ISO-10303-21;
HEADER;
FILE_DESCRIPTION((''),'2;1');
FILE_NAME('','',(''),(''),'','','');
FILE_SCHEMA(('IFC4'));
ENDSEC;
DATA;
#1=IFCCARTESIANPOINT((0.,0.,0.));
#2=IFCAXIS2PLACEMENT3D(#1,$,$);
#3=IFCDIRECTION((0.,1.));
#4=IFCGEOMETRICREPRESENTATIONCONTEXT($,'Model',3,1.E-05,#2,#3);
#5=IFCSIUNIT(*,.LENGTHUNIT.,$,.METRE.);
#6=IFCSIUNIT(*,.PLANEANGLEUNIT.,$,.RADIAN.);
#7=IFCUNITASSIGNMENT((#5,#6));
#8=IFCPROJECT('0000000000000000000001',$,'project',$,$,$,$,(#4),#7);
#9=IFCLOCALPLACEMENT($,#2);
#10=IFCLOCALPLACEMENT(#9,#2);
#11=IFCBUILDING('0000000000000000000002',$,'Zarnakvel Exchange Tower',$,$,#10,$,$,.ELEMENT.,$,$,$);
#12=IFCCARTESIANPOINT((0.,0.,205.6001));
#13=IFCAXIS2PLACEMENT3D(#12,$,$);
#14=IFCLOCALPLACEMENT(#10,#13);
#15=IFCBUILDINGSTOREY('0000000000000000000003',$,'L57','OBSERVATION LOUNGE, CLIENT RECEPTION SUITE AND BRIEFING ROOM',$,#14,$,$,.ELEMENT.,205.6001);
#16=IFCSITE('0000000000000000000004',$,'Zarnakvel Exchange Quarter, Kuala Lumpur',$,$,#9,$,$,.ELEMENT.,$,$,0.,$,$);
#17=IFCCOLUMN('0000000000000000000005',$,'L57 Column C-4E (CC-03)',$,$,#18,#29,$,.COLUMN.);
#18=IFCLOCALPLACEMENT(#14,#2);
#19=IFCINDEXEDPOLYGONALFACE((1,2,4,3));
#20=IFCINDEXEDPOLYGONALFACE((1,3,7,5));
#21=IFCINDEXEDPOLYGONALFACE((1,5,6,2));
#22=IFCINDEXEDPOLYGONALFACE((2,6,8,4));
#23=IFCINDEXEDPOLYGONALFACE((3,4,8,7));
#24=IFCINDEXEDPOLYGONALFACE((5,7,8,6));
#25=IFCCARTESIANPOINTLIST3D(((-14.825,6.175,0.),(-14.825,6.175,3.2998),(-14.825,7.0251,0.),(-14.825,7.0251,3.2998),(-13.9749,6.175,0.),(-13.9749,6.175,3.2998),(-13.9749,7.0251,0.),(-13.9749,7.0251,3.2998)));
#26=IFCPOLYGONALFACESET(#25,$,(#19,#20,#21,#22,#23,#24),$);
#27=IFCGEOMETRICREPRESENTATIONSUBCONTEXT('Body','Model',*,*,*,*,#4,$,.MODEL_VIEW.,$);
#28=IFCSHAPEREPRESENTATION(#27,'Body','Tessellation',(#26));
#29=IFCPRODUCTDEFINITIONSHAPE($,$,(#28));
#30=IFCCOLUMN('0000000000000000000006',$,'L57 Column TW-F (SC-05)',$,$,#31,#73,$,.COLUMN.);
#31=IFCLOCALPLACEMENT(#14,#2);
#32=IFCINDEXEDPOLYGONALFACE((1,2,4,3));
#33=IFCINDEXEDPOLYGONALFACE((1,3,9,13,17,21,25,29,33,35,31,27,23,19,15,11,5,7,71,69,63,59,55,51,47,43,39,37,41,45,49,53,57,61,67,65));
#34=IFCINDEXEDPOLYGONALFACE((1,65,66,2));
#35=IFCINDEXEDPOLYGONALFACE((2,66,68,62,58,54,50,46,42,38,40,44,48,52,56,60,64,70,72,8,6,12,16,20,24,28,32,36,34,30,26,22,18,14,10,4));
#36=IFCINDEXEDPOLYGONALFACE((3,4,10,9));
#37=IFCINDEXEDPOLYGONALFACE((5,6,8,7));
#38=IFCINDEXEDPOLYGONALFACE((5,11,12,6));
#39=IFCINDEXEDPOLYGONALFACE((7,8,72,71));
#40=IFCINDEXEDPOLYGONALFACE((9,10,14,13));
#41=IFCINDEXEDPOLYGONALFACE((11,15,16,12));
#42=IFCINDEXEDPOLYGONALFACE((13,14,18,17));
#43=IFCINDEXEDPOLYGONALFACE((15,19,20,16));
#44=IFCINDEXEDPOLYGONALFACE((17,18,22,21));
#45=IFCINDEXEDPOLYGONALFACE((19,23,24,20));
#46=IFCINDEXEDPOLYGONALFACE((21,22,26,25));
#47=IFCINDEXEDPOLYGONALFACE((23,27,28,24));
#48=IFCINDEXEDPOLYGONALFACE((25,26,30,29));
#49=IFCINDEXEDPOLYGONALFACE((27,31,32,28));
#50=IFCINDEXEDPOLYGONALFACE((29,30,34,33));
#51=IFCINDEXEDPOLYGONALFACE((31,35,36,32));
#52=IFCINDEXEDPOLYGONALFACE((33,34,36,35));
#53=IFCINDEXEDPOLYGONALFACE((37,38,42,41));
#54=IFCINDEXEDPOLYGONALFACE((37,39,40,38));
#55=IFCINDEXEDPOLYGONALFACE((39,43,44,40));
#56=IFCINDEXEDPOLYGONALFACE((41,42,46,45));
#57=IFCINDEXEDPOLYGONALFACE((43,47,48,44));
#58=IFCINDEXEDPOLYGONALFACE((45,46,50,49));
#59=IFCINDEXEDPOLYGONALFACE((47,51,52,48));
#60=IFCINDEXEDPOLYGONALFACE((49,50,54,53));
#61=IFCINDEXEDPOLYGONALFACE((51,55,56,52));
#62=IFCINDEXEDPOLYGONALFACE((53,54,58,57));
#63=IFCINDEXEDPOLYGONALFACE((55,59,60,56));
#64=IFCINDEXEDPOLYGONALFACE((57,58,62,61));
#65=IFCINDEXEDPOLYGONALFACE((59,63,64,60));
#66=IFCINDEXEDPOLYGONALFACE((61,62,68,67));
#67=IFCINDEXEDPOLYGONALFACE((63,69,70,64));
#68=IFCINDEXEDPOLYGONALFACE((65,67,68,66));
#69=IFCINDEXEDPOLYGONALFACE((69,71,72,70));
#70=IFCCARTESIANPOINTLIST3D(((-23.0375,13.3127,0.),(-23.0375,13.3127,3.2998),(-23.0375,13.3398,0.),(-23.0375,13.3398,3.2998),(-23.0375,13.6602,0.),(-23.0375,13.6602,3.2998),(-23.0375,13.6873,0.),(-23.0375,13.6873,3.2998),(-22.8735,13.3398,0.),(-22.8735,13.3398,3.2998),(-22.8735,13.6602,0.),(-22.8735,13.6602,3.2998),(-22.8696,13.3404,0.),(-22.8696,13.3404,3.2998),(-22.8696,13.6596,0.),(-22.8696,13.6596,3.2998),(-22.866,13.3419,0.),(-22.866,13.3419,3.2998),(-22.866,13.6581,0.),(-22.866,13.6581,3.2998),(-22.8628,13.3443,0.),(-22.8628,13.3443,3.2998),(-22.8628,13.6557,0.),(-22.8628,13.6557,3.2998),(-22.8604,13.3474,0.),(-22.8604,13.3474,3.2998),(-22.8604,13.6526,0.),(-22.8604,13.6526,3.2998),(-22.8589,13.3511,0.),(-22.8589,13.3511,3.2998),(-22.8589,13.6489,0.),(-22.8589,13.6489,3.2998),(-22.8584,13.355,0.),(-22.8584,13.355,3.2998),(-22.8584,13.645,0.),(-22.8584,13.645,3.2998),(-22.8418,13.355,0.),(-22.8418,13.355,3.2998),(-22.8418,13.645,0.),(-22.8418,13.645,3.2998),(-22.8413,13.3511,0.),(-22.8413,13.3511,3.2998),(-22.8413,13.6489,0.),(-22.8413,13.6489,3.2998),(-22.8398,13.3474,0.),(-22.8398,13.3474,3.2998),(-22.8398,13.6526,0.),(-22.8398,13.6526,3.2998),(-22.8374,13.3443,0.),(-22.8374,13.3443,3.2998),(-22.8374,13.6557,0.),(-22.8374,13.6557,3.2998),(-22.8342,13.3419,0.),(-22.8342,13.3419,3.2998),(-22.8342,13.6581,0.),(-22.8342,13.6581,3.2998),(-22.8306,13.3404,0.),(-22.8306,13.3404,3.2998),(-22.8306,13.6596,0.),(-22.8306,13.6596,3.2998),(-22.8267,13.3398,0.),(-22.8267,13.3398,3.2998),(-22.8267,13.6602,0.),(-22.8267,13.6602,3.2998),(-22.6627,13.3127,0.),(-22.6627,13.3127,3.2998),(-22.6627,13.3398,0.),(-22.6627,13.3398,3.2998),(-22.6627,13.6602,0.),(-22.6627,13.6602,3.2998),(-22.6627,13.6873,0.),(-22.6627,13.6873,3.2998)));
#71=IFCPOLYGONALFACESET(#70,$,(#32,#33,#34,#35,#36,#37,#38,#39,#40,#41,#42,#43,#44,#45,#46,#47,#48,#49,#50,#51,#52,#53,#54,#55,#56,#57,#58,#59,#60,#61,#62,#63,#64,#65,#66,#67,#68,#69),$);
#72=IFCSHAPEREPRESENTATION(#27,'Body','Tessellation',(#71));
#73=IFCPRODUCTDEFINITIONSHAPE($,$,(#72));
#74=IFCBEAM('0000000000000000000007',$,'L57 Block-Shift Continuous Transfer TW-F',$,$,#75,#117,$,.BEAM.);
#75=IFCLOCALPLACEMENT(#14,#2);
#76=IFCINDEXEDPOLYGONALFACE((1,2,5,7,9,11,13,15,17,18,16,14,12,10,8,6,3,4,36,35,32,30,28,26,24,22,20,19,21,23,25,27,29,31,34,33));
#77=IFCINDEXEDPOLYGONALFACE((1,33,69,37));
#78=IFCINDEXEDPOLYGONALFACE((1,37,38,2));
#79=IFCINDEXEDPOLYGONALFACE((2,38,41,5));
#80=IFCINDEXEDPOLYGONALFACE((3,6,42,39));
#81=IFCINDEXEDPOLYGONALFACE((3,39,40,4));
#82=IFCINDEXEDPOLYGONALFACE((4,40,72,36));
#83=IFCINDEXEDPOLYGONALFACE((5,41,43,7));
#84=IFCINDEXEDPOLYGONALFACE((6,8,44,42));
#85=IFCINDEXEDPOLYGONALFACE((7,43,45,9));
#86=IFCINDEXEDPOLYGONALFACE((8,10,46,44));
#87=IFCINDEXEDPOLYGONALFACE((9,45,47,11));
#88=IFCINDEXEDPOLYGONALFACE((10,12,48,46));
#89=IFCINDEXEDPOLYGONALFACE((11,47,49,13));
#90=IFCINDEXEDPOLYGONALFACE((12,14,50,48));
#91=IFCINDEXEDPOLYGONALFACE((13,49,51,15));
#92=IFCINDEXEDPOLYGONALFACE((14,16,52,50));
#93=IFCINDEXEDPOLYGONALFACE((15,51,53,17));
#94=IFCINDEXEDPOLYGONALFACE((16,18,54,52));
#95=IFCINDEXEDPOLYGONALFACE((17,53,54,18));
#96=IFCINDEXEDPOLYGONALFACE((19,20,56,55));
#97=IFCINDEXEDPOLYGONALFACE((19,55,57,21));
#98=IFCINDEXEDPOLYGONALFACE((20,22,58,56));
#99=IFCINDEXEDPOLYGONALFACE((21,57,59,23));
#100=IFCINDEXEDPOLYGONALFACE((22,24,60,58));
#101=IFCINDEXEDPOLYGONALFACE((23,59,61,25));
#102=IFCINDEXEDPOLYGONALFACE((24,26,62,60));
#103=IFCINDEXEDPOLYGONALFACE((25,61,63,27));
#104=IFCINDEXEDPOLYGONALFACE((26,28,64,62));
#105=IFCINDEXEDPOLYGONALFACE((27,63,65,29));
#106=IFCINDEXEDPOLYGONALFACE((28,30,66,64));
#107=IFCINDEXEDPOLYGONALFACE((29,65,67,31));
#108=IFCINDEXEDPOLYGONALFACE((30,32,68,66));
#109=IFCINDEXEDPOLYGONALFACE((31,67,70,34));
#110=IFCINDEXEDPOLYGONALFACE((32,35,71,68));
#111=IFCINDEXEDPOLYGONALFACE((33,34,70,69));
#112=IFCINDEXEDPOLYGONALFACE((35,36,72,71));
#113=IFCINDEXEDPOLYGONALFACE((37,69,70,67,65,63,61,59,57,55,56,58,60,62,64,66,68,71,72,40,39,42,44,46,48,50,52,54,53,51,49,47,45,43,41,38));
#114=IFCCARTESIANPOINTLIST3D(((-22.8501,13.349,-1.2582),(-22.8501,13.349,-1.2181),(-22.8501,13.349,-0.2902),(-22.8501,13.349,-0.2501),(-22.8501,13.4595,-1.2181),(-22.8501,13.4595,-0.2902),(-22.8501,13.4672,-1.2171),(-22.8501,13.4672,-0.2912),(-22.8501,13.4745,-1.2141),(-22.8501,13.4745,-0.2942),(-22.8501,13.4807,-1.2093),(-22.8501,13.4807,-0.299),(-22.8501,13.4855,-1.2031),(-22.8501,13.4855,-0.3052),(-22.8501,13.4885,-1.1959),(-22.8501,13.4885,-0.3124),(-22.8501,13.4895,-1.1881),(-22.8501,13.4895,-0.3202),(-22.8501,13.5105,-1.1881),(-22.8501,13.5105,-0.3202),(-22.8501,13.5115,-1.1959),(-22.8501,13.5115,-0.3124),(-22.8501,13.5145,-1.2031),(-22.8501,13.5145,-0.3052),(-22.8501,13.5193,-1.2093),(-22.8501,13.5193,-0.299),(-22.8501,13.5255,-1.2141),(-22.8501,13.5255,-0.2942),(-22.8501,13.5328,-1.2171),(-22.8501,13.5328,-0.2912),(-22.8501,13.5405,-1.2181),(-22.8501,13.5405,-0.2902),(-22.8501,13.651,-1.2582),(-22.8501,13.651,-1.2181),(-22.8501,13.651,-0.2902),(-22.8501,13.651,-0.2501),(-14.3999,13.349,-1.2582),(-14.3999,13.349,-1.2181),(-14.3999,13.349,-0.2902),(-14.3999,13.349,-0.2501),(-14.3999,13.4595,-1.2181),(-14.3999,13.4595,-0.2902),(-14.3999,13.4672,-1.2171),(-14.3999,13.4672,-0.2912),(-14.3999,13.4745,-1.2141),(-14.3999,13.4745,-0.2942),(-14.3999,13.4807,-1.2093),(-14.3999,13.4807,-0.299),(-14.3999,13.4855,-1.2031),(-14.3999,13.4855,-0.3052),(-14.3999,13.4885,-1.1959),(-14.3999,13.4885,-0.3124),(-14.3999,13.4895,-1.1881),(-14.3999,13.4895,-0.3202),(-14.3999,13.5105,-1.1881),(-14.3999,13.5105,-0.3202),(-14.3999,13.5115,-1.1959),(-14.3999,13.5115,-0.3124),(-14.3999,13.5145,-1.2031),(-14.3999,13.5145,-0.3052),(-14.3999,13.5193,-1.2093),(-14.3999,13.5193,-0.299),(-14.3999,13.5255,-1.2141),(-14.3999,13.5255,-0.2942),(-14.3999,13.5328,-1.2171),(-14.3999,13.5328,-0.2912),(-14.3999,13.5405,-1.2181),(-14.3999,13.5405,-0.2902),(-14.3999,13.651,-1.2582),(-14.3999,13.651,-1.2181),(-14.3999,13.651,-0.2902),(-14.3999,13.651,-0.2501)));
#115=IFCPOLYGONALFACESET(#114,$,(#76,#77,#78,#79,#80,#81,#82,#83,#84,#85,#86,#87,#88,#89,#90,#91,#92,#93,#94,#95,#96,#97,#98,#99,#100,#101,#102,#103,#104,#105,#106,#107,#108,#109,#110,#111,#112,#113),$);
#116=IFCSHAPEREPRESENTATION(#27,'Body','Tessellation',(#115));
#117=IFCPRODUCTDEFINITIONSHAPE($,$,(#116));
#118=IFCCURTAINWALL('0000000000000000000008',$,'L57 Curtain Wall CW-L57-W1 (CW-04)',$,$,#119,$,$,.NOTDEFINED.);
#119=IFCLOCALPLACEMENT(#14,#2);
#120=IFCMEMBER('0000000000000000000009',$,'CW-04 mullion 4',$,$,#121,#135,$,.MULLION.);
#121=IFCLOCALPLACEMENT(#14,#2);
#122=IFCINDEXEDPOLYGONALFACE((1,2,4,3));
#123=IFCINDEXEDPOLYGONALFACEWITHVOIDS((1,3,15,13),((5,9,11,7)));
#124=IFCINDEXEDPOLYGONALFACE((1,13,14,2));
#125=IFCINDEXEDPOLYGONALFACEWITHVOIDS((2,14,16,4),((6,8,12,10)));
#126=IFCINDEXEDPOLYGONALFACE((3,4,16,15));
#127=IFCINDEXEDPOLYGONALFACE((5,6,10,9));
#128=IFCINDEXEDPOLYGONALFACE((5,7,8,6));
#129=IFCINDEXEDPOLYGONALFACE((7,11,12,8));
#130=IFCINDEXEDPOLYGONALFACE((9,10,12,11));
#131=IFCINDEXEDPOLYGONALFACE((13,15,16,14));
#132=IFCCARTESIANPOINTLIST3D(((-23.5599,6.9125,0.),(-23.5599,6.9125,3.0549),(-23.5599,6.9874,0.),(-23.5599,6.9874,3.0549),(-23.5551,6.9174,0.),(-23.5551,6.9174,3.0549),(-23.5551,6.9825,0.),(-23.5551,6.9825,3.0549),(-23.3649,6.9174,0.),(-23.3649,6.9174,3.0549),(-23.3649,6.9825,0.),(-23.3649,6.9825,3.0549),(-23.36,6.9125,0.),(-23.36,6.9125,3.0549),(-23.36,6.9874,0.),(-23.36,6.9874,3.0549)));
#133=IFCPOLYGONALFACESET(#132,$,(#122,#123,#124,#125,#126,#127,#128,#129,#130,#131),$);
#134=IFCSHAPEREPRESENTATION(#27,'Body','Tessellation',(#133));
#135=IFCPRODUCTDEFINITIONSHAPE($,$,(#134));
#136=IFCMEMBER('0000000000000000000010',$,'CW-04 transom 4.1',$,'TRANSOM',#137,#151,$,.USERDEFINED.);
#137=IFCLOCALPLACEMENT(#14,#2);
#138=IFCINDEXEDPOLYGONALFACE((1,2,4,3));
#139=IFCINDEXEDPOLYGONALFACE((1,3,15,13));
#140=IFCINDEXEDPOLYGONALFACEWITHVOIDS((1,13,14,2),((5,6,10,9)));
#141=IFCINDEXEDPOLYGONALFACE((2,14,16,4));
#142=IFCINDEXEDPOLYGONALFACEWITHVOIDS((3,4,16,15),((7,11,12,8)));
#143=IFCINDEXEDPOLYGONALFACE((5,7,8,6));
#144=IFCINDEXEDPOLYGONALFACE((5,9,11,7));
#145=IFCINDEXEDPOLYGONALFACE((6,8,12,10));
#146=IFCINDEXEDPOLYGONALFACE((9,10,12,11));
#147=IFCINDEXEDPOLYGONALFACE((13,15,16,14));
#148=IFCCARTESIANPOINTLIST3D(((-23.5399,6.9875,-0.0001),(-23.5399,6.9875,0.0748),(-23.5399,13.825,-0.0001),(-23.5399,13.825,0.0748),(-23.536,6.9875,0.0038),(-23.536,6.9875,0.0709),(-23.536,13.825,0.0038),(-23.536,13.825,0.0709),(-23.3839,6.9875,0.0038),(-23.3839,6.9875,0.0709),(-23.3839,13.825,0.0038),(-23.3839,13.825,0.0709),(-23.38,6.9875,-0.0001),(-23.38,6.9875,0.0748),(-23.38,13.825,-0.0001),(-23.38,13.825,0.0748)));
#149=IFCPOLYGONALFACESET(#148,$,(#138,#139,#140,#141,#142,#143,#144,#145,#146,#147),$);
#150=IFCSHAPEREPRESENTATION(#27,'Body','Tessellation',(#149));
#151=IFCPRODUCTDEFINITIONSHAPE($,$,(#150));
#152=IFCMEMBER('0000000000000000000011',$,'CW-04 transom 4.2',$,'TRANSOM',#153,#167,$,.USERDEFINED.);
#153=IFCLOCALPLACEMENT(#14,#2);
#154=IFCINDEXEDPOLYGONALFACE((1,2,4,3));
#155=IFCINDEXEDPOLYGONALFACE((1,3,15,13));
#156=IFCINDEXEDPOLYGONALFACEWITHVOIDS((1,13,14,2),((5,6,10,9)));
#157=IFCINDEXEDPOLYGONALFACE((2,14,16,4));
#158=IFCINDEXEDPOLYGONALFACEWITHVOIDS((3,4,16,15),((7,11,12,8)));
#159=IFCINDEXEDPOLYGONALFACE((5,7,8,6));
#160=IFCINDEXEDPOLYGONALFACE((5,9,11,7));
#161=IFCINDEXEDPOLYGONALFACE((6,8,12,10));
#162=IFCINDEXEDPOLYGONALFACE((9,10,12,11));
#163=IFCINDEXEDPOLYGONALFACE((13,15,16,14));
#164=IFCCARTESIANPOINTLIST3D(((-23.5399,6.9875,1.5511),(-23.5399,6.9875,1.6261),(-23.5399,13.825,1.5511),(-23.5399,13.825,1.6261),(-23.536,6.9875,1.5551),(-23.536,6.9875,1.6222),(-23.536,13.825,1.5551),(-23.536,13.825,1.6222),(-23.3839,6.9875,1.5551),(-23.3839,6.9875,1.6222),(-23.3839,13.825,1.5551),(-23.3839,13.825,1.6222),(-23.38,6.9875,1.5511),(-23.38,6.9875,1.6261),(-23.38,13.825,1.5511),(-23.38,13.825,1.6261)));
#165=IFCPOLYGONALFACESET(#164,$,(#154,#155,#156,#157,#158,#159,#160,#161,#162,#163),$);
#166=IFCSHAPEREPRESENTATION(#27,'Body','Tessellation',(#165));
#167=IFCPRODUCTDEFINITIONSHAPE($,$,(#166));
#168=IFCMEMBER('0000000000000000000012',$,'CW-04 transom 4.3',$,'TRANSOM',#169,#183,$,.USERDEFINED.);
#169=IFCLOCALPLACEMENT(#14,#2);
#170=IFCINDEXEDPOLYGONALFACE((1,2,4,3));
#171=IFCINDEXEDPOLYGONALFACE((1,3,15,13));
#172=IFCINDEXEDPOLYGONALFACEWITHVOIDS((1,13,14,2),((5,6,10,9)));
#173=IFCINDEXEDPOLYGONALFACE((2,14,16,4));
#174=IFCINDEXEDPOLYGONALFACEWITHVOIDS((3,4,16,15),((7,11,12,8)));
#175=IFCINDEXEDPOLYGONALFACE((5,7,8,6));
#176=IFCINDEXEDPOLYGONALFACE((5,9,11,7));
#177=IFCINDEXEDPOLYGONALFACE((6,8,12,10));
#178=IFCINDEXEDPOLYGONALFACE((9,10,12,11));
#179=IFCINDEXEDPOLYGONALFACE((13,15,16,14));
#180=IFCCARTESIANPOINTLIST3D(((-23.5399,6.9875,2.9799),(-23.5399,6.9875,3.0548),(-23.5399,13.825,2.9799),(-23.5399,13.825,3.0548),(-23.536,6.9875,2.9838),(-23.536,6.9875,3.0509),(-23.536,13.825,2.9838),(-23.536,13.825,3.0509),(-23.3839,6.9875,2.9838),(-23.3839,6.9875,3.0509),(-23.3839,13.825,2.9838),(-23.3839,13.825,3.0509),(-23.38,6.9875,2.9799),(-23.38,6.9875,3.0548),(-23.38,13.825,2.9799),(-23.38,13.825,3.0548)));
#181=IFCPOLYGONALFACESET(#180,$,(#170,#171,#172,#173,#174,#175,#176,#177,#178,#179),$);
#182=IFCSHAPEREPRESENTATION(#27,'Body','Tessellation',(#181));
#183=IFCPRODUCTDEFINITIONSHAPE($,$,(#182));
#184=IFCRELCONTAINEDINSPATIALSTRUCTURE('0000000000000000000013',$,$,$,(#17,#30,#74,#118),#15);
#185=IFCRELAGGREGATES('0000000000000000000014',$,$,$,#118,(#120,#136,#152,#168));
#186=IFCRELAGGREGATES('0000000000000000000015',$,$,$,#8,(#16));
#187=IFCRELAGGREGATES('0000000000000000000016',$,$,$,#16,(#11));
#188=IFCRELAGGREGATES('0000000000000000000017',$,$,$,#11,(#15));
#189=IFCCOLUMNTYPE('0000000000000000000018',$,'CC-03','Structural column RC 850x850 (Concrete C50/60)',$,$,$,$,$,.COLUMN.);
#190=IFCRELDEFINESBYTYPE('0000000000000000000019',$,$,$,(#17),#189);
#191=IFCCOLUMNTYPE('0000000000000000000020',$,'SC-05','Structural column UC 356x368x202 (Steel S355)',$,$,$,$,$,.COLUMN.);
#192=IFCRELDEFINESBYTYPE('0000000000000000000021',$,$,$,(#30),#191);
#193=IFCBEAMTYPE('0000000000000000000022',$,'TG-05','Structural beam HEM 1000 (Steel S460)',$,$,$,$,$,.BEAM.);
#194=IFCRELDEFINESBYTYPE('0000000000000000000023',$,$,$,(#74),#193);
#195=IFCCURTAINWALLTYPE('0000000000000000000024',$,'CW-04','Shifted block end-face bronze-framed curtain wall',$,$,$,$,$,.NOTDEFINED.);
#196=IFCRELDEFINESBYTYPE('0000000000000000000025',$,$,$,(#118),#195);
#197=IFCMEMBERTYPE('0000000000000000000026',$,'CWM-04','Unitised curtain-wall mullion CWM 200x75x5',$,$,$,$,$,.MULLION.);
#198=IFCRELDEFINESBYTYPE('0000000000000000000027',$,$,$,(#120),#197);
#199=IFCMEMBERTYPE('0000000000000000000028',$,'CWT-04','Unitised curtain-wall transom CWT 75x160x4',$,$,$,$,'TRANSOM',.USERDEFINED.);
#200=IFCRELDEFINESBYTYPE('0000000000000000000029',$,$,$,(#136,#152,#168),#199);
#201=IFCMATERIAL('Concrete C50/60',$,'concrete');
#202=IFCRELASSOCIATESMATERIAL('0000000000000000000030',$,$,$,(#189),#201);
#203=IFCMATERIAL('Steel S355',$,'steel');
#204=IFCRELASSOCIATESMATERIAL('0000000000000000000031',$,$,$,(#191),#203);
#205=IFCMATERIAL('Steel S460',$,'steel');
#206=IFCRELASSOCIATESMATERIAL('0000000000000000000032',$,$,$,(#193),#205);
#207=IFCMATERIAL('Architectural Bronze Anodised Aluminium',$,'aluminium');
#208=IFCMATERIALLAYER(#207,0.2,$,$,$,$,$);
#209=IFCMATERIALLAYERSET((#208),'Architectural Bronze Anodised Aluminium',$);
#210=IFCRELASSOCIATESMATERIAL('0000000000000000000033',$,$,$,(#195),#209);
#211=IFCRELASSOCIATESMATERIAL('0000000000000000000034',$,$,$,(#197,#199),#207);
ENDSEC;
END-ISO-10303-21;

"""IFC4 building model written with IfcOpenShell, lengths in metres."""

from ifc_helpers import new_model, si_unit, direction, frame, origin, origin_2d, place, context, subcontext, project, spatial, rectangle, hollow_rectangle, i_section, extrude, source, transform, mapped, material, layer, layer_set, material_profile, profile_set, type_object, element, aggregate, save


model = new_model("IFC4")

# Units and contexts
model_context = context("Model", 3, precision=1e-05, world=origin(), true_north=direction((0.0, 1.0)))
body_context = subcontext(model_context, "Body", "Model", "MODEL_VIEW")
ifc_project = project(units=[si_unit("LENGTHUNIT", "METRE"), si_unit("PLANEANGLEUNIT", "RADIAN")], contexts=[model_context])

# Site, building, storey
site_placement = place(None, origin())
site = spatial("IfcSite", under=ifc_project, at=site_placement, Name="Zarnakvel Exchange Quarter, Kuala Lumpur", CompositionType="ELEMENT", RefElevation=0.0)
building_placement = place(site_placement, origin())
building = spatial("IfcBuilding", under=site, at=building_placement, Name="Zarnakvel Exchange Tower", CompositionType="ELEMENT")
storey_placement = place(building_placement, frame((0.0, 0.0, 205.6001)))
storey = spatial("IfcBuildingStorey", under=building, at=storey_placement, Name="L57", Description="OBSERVATION LOUNGE, CLIENT RECEPTION SUITE AND BRIEFING ROOM", CompositionType="ELEMENT", Elevation=205.6001)

# Columns
ifc_material_1 = material(Name="Concrete C50/60", Category="concrete")
ifc_material_profile_1 = material_profile(ifc_material_1, rectangle(XDim=0.8501, YDim=0.8501, at=origin_2d()))
ifc_profile_set_1 = profile_set([ifc_material_profile_1], Name="Concrete C50/60")
column_type_1 = type_object("IfcColumnType", Name="CC-03", Description="Structural column RC 850x850 (Concrete C50/60)", PredefinedType="COLUMN", material=ifc_profile_set_1)
column_1_placement = place(storey_placement, frame((-14.3999, 6.6001, 0.0), z_axis=(0.0, 0.0, 1.0), x_axis=(1.0, 0.0, 0.0)))
element("IfcColumn", 1, at=column_1_placement, inside=storey, type_object=column_type_1, Name="L57 Column C-4E (CC-03)", PredefinedType="COLUMN", context=body_context, shape_type="SweptSolid", body=[
    extrude(rectangle(XDim=0.8501, YDim=0.8501, at=origin_2d()), origin(), (0.0, 0.0, 1.0), 3.2998),
])
ifc_material_2 = material(Name="Steel S355", Category="steel")
ifc_material_profile_2 = material_profile(ifc_material_2, i_section(OverallWidth=0.3748, OverallDepth=0.3745, WebThickness=0.0166, FlangeThickness=0.0271, FilletRadius=0.0151, at=origin_2d()))
ifc_profile_set_2 = profile_set([ifc_material_profile_2], Name="Steel S355")
column_type_2 = type_object("IfcColumnType", Name="SC-05", Description="Structural column UC 356x368x202 (Steel S355)", PredefinedType="COLUMN", material=ifc_profile_set_2)
column_2_placement = place(storey_placement, frame((-22.8501, 13.5, 0.0), z_axis=(0.0, 0.0, 1.0), x_axis=(1.0, 0.0, 0.0)))
element("IfcColumn", 2, at=column_2_placement, inside=storey, type_object=column_type_2, Name="L57 Column TW-F (SC-05)", PredefinedType="COLUMN", context=body_context, shape_type="SweptSolid", body=[
    extrude(i_section(OverallWidth=0.3748, OverallDepth=0.3745, WebThickness=0.0166, FlangeThickness=0.0271, FilletRadius=0.0151, at=origin_2d()), origin(), (0.0, 0.0, 1.0), 3.2998),
])

# Beam
ifc_material_3 = material(Name="Steel S460", Category="steel")
ifc_material_profile_3 = material_profile(ifc_material_3, i_section(OverallWidth=0.302, OverallDepth=1.0081, WebThickness=0.021, FlangeThickness=0.04, FilletRadius=0.03, at=origin_2d()))
ifc_profile_set_3 = profile_set([ifc_material_profile_3], Name="Steel S460")
beam_type = type_object("IfcBeamType", Name="TG-05", Description="Structural beam HEM 1000 (Steel S460)", PredefinedType="BEAM", material=ifc_profile_set_3)
beam_placement = place(storey_placement, frame((-22.8501, 13.5, -0.7542), z_axis=(1.0, 0.0, 0.0), x_axis=(0.0, 1.0, 0.0)))
element("IfcBeam", 3, at=beam_placement, inside=storey, type_object=beam_type, Name="L57 Block-Shift Continuous Transfer TW-F", PredefinedType="BEAM", context=body_context, shape_type="SweptSolid", body=[
    extrude(i_section(OverallWidth=0.302, OverallDepth=1.0081, WebThickness=0.021, FlangeThickness=0.04, FilletRadius=0.03, at=origin_2d()), origin(), (0.0, 0.0, 1.0), 8.4502),
])

# Curtain wall, members
ifc_material_4 = material(Name="Architectural Bronze Anodised Aluminium", Category="aluminium")
ifc_layer_1 = layer(ifc_material_4, 0.2)
ifc_layer_set_1 = layer_set([ifc_layer_1], Name="Architectural Bronze Anodised Aluminium")
curtain_wall_type = type_object("IfcCurtainWallType", Name="CW-04", Description="Shifted block end-face bronze-framed curtain wall", PredefinedType="NOTDEFINED", material=ifc_layer_set_1)
curtain_wall_placement = place(storey_placement, origin())
curtain_wall = element("IfcCurtainWall", 4, at=curtain_wall_placement, inside=storey, type_object=curtain_wall_type, Name="L57 Curtain Wall CW-L57-W1 (CW-04)", PredefinedType="NOTDEFINED")
ifc_material_profile_4 = material_profile(ifc_material_4, hollow_rectangle(XDim=0.2, YDim=0.075, WallThickness=0.0049, at=origin_2d()))
ifc_profile_set_4 = profile_set([ifc_material_profile_4], Name="Architectural Bronze Anodised Aluminium")
member_type_1 = type_object("IfcMemberType", Name="CWM-04", Description="Unitised curtain-wall mullion CWM 200x75x5", PredefinedType="MULLION", material=ifc_profile_set_4)
shared_shape_1 = source(origin(), body_context, "Body", "SweptSolid", [
    extrude(hollow_rectangle(XDim=0.2, YDim=0.075, WallThickness=0.0049, at=origin_2d()), origin(), (0.0, 0.0, 1.0), 3.0549),
])
member_1_placement = place(storey_placement, frame((-23.46, 6.95, 0.0), z_axis=(0.0, 0.0, 1.0), x_axis=(-1.0, 0.0, 0.0)))
member_1 = element("IfcMember", 5, at=member_1_placement, type_object=member_type_1, Name="CW-04 mullion 4", PredefinedType="MULLION", context=body_context, shape_type="MappedRepresentation", body=[
    mapped(shared_shape_1, transform((0.0, 0.0, 0.0), x_axis=(1.0, 0.0, 0.0), y_axis=(0.0, 1.0, 0.0), z_axis=(0.0, 0.0, 1.0), scale=1.0)),
])
ifc_material_profile_5 = material_profile(ifc_material_4, hollow_rectangle(XDim=0.1599, YDim=0.075, WallThickness=0.0039, at=origin_2d()))
ifc_profile_set_5 = profile_set([ifc_material_profile_5], Name="Architectural Bronze Anodised Aluminium")
member_type_2 = type_object("IfcMemberType", Name="CWT-04", Description="Unitised curtain-wall transom CWT 75x160x4", ElementType="TRANSOM", PredefinedType="USERDEFINED", material=ifc_profile_set_5)
shared_shape_2 = source(origin(), body_context, "Body", "SweptSolid", [
    extrude(hollow_rectangle(XDim=0.1599, YDim=0.075, WallThickness=0.0039, at=origin_2d()), origin(), (0.0, 0.0, 1.0), 6.8374),
])
member_2_placement = place(storey_placement, frame((-23.46, 6.9875, 0.0374), z_axis=(0.0, 1.0, 0.0), x_axis=(-1.0, 0.0, 0.0)))
member_2 = element("IfcMember", 6, at=member_2_placement, type_object=member_type_2, Name="CW-04 transom 4.1", ObjectType="TRANSOM", PredefinedType="USERDEFINED", context=body_context, shape_type="MappedRepresentation", body=[
    mapped(shared_shape_2, transform((0.0, 0.0, 0.0), x_axis=(1.0, 0.0, 0.0), y_axis=(0.0, 1.0, 0.0), z_axis=(0.0, 0.0, 1.0), scale=1.0)),
])
member_3_placement = place(storey_placement, frame((-23.46, 6.9875, 1.5886), z_axis=(0.0, 1.0, 0.0), x_axis=(-1.0, 0.0, 0.0)))
member_3 = element("IfcMember", 7, at=member_3_placement, type_object=member_type_2, Name="CW-04 transom 4.2", ObjectType="TRANSOM", PredefinedType="USERDEFINED", context=body_context, shape_type="MappedRepresentation", body=[
    mapped(shared_shape_2, transform((0.0, 0.0, 0.0), x_axis=(1.0, 0.0, 0.0), y_axis=(0.0, 1.0, 0.0), z_axis=(0.0, 0.0, 1.0), scale=1.0)),
])
member_4_placement = place(storey_placement, frame((-23.46, 6.9875, 3.0173), z_axis=(0.0, 1.0, 0.0), x_axis=(-1.0, 0.0, 0.0)))
member_4 = element("IfcMember", 8, at=member_4_placement, type_object=member_type_2, Name="CW-04 transom 4.3", ObjectType="TRANSOM", PredefinedType="USERDEFINED", context=body_context, shape_type="MappedRepresentation", body=[
    mapped(shared_shape_2, transform((0.0, 0.0, 0.0), x_axis=(1.0, 0.0, 0.0), y_axis=(0.0, 1.0, 0.0), z_axis=(0.0, 0.0, 1.0), scale=1.0)),
])
aggregate(curtain_wall, [member_1, member_2, member_3, member_4])

save(model, "model.ifc")
